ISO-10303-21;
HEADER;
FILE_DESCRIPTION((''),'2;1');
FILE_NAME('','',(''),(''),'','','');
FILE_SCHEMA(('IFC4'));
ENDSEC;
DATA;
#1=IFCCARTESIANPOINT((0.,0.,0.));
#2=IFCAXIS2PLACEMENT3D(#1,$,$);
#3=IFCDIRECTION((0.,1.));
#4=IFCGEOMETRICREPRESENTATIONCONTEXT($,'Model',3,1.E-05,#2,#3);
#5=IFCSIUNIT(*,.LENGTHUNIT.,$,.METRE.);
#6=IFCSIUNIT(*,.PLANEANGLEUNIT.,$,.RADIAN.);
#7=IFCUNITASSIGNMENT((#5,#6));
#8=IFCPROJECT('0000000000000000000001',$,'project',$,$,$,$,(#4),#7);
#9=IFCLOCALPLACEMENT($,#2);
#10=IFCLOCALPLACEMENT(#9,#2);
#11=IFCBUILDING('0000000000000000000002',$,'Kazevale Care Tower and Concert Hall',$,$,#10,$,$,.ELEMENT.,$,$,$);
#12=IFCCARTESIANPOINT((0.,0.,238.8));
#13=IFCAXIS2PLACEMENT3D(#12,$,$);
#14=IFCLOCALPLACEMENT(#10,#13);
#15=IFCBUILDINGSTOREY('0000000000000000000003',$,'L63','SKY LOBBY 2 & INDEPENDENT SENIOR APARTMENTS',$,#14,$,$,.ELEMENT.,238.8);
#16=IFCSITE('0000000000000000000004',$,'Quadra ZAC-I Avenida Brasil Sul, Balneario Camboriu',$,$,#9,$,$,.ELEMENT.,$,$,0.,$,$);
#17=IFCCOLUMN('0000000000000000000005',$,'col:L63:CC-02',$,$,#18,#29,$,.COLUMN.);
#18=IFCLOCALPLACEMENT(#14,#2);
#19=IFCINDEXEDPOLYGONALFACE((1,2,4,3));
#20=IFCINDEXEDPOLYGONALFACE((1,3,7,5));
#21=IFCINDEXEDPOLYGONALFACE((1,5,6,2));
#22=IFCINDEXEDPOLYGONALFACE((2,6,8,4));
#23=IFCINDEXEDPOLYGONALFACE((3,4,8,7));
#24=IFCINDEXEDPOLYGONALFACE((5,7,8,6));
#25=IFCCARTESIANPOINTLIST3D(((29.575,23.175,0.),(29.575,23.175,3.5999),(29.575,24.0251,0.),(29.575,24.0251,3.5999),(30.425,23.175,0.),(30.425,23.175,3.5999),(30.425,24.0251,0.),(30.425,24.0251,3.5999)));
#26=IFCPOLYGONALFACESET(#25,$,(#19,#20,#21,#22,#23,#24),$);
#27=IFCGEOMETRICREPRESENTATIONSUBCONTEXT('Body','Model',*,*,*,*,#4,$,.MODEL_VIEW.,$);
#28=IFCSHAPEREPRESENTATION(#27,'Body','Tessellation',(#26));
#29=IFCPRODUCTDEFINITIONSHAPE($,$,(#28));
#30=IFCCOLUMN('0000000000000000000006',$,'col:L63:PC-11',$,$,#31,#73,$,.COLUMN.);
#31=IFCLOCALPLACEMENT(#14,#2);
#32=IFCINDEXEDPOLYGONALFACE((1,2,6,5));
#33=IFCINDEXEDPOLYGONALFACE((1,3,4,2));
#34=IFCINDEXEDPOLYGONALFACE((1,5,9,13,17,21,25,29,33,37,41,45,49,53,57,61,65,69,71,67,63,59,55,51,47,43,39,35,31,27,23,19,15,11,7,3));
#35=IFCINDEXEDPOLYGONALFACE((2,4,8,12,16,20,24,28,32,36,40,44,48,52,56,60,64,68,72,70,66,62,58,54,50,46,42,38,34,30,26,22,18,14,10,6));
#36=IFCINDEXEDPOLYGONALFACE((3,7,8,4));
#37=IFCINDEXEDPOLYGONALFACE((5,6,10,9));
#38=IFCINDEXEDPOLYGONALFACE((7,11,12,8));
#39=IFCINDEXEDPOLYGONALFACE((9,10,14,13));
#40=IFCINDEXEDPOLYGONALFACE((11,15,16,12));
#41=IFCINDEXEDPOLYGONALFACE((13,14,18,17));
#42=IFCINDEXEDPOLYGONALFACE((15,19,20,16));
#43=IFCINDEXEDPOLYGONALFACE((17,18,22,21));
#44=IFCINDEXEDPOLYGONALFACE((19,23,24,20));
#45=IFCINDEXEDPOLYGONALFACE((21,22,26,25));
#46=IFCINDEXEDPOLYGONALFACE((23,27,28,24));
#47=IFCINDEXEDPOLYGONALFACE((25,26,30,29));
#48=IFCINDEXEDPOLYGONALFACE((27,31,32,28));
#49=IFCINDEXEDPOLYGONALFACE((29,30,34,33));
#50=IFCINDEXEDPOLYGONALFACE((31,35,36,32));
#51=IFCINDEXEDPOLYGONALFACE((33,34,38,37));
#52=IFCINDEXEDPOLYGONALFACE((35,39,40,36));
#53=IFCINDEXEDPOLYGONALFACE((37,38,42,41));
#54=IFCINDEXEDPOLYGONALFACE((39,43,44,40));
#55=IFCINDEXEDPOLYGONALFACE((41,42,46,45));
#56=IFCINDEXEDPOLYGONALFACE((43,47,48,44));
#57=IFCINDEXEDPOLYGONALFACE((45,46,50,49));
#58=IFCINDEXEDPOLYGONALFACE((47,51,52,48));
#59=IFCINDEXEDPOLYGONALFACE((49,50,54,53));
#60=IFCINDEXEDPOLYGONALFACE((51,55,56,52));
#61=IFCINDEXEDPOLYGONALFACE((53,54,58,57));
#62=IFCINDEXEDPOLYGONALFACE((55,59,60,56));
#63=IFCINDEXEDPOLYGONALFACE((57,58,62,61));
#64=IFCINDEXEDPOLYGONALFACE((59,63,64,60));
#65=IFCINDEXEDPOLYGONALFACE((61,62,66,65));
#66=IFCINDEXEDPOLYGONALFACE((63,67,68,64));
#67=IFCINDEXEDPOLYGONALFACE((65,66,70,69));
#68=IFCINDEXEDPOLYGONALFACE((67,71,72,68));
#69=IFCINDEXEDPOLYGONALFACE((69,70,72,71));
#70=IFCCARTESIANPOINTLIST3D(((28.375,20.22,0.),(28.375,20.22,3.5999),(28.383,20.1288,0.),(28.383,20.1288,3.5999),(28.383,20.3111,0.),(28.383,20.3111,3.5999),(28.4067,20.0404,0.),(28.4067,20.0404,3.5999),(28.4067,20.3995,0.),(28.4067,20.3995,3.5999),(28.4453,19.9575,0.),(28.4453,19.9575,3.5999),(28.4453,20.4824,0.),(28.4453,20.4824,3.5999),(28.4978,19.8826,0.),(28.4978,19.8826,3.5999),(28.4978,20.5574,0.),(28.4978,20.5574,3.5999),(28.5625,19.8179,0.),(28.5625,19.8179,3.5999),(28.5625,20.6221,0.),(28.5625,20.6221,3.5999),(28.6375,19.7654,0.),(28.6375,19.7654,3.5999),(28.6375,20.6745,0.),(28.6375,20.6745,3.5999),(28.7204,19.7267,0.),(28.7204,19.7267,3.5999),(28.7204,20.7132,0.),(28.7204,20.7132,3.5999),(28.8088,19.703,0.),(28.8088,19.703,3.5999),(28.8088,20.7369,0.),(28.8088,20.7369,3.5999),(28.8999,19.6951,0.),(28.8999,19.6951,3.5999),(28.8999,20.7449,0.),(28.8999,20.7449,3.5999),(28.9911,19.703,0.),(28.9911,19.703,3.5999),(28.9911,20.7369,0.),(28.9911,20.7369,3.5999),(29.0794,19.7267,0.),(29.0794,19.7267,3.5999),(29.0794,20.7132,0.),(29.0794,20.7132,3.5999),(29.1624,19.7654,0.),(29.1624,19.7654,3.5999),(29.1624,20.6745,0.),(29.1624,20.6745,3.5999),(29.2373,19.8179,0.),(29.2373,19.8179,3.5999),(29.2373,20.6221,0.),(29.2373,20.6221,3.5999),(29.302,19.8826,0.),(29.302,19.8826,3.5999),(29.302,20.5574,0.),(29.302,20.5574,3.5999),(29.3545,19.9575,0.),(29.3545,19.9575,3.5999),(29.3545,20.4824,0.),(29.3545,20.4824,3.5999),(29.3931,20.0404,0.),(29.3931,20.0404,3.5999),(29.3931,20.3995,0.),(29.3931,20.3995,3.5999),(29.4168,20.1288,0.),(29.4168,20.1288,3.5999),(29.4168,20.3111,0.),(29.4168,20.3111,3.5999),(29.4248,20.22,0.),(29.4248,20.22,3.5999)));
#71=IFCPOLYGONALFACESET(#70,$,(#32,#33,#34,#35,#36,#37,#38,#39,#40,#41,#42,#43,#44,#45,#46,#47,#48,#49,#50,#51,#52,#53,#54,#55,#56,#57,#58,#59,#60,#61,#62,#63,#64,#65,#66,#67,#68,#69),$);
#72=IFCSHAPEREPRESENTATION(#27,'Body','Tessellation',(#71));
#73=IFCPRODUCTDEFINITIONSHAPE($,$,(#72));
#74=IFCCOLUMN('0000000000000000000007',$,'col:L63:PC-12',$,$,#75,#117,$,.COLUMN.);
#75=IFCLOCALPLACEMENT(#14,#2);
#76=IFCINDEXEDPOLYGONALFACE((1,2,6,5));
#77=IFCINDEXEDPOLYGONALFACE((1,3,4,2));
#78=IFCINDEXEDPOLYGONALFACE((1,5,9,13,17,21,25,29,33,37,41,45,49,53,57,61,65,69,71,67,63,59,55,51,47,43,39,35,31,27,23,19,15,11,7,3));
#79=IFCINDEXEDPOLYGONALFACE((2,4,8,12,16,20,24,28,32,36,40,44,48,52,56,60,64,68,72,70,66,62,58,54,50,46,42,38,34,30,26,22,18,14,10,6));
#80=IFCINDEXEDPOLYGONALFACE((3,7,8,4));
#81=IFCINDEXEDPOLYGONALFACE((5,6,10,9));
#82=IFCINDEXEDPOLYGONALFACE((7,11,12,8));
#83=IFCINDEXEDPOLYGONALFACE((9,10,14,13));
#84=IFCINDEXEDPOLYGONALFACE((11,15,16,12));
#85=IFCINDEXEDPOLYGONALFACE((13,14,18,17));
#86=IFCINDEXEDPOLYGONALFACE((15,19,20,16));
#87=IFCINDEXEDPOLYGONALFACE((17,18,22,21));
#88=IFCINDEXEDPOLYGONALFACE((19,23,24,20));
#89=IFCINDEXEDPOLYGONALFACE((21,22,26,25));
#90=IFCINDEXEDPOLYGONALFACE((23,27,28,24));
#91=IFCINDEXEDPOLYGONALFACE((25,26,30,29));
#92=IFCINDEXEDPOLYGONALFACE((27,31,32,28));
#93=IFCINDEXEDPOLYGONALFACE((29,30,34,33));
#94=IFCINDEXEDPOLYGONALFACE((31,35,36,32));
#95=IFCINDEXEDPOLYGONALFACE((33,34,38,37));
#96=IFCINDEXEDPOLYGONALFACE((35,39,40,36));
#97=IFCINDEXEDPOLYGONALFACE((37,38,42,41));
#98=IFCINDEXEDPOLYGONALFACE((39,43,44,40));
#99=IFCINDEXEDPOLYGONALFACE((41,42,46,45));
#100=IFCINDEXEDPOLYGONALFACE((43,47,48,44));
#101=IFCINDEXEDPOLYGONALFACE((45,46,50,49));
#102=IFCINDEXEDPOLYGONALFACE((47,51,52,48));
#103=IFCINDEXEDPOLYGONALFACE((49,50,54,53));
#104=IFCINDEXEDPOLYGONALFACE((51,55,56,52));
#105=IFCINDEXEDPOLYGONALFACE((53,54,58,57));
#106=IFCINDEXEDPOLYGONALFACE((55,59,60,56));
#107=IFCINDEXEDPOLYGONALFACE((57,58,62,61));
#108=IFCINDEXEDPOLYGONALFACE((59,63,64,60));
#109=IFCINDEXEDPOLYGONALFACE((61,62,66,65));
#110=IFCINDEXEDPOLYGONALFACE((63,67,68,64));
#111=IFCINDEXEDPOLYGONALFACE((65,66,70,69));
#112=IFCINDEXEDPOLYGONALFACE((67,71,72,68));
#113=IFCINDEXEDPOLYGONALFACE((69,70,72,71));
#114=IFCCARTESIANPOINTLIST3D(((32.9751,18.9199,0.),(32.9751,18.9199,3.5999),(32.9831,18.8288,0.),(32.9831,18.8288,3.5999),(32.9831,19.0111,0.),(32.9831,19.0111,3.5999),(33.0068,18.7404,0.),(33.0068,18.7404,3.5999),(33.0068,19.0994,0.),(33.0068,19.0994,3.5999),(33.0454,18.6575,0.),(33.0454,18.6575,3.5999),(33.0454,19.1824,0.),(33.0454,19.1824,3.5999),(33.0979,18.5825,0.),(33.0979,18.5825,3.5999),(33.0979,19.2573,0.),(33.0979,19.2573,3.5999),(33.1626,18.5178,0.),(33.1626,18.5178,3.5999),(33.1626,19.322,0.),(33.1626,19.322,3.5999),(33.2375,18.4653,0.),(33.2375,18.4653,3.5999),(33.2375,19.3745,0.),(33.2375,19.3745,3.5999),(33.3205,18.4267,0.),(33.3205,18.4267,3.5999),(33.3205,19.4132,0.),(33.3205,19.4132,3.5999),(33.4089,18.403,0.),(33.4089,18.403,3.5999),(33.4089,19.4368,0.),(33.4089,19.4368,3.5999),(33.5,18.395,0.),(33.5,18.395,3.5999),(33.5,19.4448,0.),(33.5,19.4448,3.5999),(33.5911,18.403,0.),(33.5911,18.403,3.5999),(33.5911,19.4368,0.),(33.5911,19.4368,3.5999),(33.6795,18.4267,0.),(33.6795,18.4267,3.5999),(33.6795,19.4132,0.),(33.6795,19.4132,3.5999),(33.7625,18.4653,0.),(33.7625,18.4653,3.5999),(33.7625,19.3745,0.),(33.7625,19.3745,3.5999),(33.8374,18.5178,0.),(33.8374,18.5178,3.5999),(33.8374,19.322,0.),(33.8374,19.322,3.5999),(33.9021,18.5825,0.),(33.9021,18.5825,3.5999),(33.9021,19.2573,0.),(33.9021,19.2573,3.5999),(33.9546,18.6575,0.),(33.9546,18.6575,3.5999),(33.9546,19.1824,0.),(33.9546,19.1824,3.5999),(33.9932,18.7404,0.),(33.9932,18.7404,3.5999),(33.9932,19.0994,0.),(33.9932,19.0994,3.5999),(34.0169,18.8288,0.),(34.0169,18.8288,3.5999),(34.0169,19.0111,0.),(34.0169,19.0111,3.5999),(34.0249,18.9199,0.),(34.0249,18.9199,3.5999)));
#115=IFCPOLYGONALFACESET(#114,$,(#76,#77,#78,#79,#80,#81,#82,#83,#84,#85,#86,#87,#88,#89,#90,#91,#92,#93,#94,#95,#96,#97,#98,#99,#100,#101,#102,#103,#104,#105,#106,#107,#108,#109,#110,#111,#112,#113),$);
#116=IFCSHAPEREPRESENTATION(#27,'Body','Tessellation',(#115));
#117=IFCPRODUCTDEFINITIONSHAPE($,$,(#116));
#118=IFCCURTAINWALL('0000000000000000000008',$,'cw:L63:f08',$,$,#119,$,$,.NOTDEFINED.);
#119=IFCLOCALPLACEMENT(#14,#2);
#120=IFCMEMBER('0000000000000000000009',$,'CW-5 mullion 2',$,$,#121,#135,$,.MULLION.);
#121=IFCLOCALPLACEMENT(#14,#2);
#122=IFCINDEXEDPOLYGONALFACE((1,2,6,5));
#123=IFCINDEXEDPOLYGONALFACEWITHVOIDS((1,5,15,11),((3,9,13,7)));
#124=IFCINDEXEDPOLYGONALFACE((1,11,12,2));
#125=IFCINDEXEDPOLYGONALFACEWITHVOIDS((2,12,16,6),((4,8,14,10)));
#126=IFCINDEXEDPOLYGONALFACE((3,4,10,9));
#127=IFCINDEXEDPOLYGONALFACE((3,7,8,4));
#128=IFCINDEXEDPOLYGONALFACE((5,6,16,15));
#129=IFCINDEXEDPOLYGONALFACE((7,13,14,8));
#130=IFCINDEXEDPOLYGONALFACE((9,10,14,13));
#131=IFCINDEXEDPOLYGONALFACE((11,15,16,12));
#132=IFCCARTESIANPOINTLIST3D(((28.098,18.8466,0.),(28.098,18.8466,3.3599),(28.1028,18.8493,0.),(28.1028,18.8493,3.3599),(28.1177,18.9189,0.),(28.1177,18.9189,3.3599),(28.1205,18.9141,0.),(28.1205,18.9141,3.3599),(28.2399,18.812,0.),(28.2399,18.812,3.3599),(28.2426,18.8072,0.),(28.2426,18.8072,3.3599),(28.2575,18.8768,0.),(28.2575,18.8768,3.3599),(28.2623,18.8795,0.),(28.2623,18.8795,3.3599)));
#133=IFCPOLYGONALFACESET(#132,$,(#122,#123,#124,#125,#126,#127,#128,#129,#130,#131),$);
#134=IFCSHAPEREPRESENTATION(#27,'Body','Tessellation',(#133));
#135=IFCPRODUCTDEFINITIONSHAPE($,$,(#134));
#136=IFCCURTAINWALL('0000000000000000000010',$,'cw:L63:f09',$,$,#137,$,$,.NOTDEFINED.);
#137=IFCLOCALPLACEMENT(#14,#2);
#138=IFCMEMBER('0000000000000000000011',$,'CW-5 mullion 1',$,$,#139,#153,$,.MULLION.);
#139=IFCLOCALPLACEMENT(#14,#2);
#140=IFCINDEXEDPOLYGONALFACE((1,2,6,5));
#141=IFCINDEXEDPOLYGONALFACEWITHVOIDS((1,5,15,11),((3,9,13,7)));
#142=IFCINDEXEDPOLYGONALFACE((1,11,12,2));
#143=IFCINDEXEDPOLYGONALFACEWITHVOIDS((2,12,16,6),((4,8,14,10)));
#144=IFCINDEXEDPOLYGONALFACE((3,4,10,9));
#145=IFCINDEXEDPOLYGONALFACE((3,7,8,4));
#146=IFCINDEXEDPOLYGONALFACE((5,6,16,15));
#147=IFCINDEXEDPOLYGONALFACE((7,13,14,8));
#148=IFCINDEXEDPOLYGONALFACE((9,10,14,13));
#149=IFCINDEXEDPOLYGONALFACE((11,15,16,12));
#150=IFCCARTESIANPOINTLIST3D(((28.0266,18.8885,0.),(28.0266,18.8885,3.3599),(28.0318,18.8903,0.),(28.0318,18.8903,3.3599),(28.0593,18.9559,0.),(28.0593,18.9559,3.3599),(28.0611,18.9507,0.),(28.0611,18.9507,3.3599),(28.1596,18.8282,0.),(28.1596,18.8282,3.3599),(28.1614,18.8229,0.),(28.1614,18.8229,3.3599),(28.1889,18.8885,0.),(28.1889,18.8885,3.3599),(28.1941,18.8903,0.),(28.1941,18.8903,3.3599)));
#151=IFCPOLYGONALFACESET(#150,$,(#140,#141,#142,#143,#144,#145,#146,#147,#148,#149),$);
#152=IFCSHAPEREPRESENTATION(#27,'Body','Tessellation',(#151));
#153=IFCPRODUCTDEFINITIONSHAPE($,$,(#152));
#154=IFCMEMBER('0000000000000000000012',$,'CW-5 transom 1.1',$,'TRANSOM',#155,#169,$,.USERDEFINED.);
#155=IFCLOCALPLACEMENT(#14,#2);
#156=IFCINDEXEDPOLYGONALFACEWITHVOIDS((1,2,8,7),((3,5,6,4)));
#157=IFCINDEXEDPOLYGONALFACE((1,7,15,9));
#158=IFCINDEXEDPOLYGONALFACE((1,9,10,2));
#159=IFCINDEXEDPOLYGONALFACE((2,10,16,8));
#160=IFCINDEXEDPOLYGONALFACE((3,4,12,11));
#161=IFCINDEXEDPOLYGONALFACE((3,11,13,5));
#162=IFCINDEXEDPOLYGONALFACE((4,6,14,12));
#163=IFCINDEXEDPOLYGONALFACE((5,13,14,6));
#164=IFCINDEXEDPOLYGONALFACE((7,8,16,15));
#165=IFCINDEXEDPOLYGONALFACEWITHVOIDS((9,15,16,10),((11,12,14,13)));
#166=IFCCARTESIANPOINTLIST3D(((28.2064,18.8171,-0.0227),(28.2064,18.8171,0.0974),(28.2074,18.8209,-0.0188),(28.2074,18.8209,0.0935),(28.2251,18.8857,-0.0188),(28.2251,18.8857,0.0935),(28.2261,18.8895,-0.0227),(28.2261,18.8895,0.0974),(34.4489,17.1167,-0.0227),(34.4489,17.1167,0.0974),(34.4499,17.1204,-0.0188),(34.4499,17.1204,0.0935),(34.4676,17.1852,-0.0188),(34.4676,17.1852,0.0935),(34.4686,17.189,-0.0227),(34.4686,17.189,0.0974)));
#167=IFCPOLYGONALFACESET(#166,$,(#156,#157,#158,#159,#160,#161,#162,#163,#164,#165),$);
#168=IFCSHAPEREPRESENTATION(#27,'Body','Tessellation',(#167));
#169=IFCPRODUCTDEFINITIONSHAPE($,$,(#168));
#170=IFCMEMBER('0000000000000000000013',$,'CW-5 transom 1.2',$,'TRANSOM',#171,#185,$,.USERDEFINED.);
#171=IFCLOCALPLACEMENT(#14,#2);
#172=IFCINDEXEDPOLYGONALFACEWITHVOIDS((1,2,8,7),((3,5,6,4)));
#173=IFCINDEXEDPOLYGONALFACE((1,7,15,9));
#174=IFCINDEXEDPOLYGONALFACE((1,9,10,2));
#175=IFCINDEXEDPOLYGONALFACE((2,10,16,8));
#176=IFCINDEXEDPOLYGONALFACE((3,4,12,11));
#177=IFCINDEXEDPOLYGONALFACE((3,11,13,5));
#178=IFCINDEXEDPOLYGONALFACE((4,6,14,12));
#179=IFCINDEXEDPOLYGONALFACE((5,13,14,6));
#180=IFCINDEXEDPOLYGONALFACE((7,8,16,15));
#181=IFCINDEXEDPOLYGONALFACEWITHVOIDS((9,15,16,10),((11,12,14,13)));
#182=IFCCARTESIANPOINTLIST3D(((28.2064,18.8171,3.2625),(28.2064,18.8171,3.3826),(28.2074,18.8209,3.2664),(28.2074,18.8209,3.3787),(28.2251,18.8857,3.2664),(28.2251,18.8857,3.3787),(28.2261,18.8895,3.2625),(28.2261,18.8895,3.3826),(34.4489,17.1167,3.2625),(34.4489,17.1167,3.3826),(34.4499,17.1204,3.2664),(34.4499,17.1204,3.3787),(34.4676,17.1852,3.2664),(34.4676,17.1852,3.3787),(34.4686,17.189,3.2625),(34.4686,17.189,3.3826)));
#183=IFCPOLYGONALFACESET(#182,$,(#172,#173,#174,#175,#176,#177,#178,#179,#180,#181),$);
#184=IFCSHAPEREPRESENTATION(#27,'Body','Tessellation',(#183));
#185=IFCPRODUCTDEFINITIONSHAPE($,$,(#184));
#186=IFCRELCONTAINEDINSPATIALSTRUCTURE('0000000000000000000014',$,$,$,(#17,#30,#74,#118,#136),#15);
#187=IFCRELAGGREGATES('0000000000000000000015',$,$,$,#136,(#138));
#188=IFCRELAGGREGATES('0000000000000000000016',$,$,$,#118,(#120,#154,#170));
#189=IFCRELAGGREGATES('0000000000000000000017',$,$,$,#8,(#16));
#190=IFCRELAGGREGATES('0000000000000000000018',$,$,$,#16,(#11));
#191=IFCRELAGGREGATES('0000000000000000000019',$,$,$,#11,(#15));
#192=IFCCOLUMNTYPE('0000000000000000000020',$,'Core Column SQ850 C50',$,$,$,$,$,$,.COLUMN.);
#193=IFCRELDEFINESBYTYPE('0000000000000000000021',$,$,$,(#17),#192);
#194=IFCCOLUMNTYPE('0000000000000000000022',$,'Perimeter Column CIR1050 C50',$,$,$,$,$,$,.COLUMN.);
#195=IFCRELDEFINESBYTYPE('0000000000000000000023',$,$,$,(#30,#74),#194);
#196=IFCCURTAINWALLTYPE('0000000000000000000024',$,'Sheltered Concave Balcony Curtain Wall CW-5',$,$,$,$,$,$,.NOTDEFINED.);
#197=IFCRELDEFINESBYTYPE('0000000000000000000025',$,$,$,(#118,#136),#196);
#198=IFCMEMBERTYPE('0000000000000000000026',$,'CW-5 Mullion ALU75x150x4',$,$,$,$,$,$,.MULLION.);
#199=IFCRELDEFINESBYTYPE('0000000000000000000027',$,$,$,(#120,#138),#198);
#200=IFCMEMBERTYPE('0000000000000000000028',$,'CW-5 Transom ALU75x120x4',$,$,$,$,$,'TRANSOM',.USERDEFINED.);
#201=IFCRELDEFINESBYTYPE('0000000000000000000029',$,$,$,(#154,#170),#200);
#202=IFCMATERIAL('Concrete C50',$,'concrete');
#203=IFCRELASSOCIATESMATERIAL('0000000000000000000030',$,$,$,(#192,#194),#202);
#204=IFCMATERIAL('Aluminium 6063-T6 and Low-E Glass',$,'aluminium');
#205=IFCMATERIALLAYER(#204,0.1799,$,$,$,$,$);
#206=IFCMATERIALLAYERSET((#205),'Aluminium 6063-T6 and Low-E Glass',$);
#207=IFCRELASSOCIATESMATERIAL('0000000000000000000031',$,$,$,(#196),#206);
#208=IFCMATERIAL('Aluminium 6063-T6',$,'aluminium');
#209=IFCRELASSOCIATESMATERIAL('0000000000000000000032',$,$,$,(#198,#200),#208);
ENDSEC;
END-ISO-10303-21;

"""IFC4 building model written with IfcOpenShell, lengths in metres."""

from ifc_helpers import new_model, si_unit, direction, frame, origin, origin_2d, place, context, subcontext, project, spatial, rectangle, hollow_rectangle, circle, extrude, material, layer, layer_set, material_profile, profile_set, type_object, element, aggregate, save


model = new_model("IFC4")

# Units and contexts
model_context = context("Model", 3, precision=1e-05, world=origin(), true_north=direction((0.0, 1.0)))
body_context = subcontext(model_context, "Body", "Model", "MODEL_VIEW")
ifc_project = project(units=[si_unit("LENGTHUNIT", "METRE"), si_unit("PLANEANGLEUNIT", "RADIAN")], contexts=[model_context])

# Site, building, storey
site_placement = place(None, origin())
site = spatial("IfcSite", under=ifc_project, at=site_placement, Name="Quadra ZAC-I Avenida Brasil Sul, Balneario Camboriu", CompositionType="ELEMENT", RefElevation=0.0)
building_placement = place(site_placement, origin())
building = spatial("IfcBuilding", under=site, at=building_placement, Name="Kazevale Care Tower and Concert Hall", CompositionType="ELEMENT")
storey_placement = place(building_placement, frame((0.0, 0.0, 238.8)))
storey = spatial("IfcBuildingStorey", under=building, at=storey_placement, Name="L63", Description="SKY LOBBY 2 & INDEPENDENT SENIOR APARTMENTS", CompositionType="ELEMENT", Elevation=238.8)

# Columns
ifc_material_1 = material(Name="Concrete C50", Category="concrete")
ifc_material_profile_1 = material_profile(ifc_material_1, rectangle(XDim=0.8501, YDim=0.8501, at=origin_2d()), Name="RC-SQ850")
ifc_profile_set_1 = profile_set([ifc_material_profile_1], Name="Concrete C50")
column_type_1 = type_object("IfcColumnType", Name="Core Column SQ850 C50", PredefinedType="COLUMN", material=ifc_profile_set_1)
column_placement = place(storey_placement, frame((30.0, 23.6001, 0.0), z_axis=(0.0, 0.0, 1.0), x_axis=(1.0, 0.0, 0.0)))
element("IfcColumn", 1, at=column_placement, inside=storey, type_object=column_type_1, Name="col:L63:CC-02", PredefinedType="COLUMN", context=body_context, shape_type="SweptSolid", body=[
    extrude(rectangle(XDim=0.8501, YDim=0.8501, at=origin_2d()), origin(), (0.0, 0.0, 1.0), 3.5999),
])
ifc_material_profile_2 = material_profile(ifc_material_1, circle(Radius=0.5249, at=origin_2d()), Name="RC-CIR1050")
ifc_profile_set_2 = profile_set([ifc_material_profile_2], Name="Concrete C50")
column_type_2 = type_object("IfcColumnType", Name="Perimeter Column CIR1050 C50", PredefinedType="COLUMN", material=ifc_profile_set_2)
for number, where, z_axis, x_axis, name in (
    (2, (28.8999, 20.22, 0.0), (0.0, 0.0, 1.0), (1.0, 0.0, 0.0), "col:L63:PC-11"),
    (3, (33.5, 18.9199, 0.0), (0.0, 0.0, 1.0), (1.0, 0.0, 0.0), "col:L63:PC-12"),
):
    element("IfcColumn", number, at=place(storey_placement, frame(where, z_axis=z_axis, x_axis=x_axis)), inside=storey, type_object=column_type_2, Name=name, PredefinedType="COLUMN", context=body_context, shape_type="SweptSolid", body=[
        extrude(circle(Radius=0.5249, at=origin_2d()), origin(), (0.0, 0.0, 1.0), 3.5999),
    ])

# Curtain walls, members
ifc_material_2 = material(Name="Aluminium 6063-T6 and Low-E Glass", Category="aluminium")
ifc_layer_1 = layer(ifc_material_2, 0.1799)
ifc_layer_set_1 = layer_set([ifc_layer_1], Name="Aluminium 6063-T6 and Low-E Glass")
curtain_wall_type = type_object("IfcCurtainWallType", Name="Sheltered Concave Balcony Curtain Wall CW-5", PredefinedType="NOTDEFINED", material=ifc_layer_set_1)
curtain_wall_1_placement = place(storey_placement, origin())
curtain_wall_1 = element("IfcCurtainWall", 4, at=curtain_wall_1_placement, inside=storey, type_object=curtain_wall_type, Name="cw:L63:f08", PredefinedType="NOTDEFINED")
ifc_material_3 = material(Name="Aluminium 6063-T6", Category="aluminium")
ifc_material_profile_3 = material_profile(ifc_material_3, hollow_rectangle(XDim=0.075, YDim=0.1499, WallThickness=0.0039, at=origin_2d()), Name="ALU75x150x4")
ifc_profile_set_3 = profile_set([ifc_material_profile_3], Name="Aluminium 6063-T6")
member_type_1 = type_object("IfcMemberType", Name="CW-5 Mullion ALU75x150x4", PredefinedType="MULLION", material=ifc_profile_set_3)
member_1_placement = place(storey_placement, frame((28.1802, 18.863, 0.0), z_axis=(0.0, 0.0, 1.0), x_axis=(-0.262849, -0.964837, 0.0)))
member_1 = element("IfcMember", 5, at=member_1_placement, type_object=member_type_1, Name="CW-5 mullion 2", PredefinedType="MULLION", context=body_context, shape_type="SweptSolid", body=[
    extrude(hollow_rectangle(XDim=0.075, YDim=0.1499, WallThickness=0.0039, at=origin_2d()), origin(), (0.0, 0.0, 1.0), 3.3599),
])
curtain_wall_2_placement = place(storey_placement, origin())
curtain_wall_2 = element("IfcCurtainWall", 6, at=curtain_wall_2_placement, inside=storey, type_object=curtain_wall_type, Name="cw:L63:f09", PredefinedType="NOTDEFINED")
member_2_placement = place(storey_placement, frame((28.1104, 18.8894, 0.0), z_axis=(0.0, 0.0, 1.0), x_axis=(-0.437238, -0.899346, 0.0)))
member_2 = element("IfcMember", 7, at=member_2_placement, type_object=member_type_1, Name="CW-5 mullion 1", PredefinedType="MULLION", context=body_context, shape_type="SweptSolid", body=[
    extrude(hollow_rectangle(XDim=0.075, YDim=0.1499, WallThickness=0.0039, at=origin_2d()), origin(), (0.0, 0.0, 1.0), 3.3599),
])

# Members
ifc_material_profile_4 = material_profile(ifc_material_3, hollow_rectangle(XDim=0.075, YDim=0.1201, WallThickness=0.0039, at=origin_2d()), Name="ALU75x120x4")
ifc_profile_set_4 = profile_set([ifc_material_profile_4], Name="Aluminium 6063-T6")
member_type_2 = type_object("IfcMemberType", Name="CW-5 Transom ALU75x120x4", ElementType="TRANSOM", PredefinedType="USERDEFINED", material=ifc_profile_set_4)
member_3_placement = place(storey_placement, frame((34.4587, 17.1528, 0.0374), z_axis=(-0.964844, 0.262824, 0.0), x_axis=(-0.262824, -0.964844, 0.0)))
member_3 = element("IfcMember", 8, at=member_3_placement, type_object=member_type_2, Name="CW-5 transom 1.1", ObjectType="TRANSOM", PredefinedType="USERDEFINED", context=body_context, shape_type="SweptSolid", body=[
    extrude(hollow_rectangle(XDim=0.075, YDim=0.1201, WallThickness=0.0039, at=origin_2d()), origin(), (0.0, 0.0, 1.0), 6.47),
])
member_4_placement = place(storey_placement, frame((34.4587, 17.1528, 3.3225), z_axis=(-0.964844, 0.262824, 0.0), x_axis=(-0.262824, -0.964844, 0.0)))
member_4 = element("IfcMember", 9, at=member_4_placement, type_object=member_type_2, Name="CW-5 transom 1.2", ObjectType="TRANSOM", PredefinedType="USERDEFINED", context=body_context, shape_type="SweptSolid", body=[
    extrude(hollow_rectangle(XDim=0.075, YDim=0.1201, WallThickness=0.0039, at=origin_2d()), origin(), (0.0, 0.0, 1.0), 6.47),
])
aggregate(curtain_wall_2, [member_2])

aggregate(curtain_wall_1, [member_1, member_3, member_4])

save(model, "model.ifc")
